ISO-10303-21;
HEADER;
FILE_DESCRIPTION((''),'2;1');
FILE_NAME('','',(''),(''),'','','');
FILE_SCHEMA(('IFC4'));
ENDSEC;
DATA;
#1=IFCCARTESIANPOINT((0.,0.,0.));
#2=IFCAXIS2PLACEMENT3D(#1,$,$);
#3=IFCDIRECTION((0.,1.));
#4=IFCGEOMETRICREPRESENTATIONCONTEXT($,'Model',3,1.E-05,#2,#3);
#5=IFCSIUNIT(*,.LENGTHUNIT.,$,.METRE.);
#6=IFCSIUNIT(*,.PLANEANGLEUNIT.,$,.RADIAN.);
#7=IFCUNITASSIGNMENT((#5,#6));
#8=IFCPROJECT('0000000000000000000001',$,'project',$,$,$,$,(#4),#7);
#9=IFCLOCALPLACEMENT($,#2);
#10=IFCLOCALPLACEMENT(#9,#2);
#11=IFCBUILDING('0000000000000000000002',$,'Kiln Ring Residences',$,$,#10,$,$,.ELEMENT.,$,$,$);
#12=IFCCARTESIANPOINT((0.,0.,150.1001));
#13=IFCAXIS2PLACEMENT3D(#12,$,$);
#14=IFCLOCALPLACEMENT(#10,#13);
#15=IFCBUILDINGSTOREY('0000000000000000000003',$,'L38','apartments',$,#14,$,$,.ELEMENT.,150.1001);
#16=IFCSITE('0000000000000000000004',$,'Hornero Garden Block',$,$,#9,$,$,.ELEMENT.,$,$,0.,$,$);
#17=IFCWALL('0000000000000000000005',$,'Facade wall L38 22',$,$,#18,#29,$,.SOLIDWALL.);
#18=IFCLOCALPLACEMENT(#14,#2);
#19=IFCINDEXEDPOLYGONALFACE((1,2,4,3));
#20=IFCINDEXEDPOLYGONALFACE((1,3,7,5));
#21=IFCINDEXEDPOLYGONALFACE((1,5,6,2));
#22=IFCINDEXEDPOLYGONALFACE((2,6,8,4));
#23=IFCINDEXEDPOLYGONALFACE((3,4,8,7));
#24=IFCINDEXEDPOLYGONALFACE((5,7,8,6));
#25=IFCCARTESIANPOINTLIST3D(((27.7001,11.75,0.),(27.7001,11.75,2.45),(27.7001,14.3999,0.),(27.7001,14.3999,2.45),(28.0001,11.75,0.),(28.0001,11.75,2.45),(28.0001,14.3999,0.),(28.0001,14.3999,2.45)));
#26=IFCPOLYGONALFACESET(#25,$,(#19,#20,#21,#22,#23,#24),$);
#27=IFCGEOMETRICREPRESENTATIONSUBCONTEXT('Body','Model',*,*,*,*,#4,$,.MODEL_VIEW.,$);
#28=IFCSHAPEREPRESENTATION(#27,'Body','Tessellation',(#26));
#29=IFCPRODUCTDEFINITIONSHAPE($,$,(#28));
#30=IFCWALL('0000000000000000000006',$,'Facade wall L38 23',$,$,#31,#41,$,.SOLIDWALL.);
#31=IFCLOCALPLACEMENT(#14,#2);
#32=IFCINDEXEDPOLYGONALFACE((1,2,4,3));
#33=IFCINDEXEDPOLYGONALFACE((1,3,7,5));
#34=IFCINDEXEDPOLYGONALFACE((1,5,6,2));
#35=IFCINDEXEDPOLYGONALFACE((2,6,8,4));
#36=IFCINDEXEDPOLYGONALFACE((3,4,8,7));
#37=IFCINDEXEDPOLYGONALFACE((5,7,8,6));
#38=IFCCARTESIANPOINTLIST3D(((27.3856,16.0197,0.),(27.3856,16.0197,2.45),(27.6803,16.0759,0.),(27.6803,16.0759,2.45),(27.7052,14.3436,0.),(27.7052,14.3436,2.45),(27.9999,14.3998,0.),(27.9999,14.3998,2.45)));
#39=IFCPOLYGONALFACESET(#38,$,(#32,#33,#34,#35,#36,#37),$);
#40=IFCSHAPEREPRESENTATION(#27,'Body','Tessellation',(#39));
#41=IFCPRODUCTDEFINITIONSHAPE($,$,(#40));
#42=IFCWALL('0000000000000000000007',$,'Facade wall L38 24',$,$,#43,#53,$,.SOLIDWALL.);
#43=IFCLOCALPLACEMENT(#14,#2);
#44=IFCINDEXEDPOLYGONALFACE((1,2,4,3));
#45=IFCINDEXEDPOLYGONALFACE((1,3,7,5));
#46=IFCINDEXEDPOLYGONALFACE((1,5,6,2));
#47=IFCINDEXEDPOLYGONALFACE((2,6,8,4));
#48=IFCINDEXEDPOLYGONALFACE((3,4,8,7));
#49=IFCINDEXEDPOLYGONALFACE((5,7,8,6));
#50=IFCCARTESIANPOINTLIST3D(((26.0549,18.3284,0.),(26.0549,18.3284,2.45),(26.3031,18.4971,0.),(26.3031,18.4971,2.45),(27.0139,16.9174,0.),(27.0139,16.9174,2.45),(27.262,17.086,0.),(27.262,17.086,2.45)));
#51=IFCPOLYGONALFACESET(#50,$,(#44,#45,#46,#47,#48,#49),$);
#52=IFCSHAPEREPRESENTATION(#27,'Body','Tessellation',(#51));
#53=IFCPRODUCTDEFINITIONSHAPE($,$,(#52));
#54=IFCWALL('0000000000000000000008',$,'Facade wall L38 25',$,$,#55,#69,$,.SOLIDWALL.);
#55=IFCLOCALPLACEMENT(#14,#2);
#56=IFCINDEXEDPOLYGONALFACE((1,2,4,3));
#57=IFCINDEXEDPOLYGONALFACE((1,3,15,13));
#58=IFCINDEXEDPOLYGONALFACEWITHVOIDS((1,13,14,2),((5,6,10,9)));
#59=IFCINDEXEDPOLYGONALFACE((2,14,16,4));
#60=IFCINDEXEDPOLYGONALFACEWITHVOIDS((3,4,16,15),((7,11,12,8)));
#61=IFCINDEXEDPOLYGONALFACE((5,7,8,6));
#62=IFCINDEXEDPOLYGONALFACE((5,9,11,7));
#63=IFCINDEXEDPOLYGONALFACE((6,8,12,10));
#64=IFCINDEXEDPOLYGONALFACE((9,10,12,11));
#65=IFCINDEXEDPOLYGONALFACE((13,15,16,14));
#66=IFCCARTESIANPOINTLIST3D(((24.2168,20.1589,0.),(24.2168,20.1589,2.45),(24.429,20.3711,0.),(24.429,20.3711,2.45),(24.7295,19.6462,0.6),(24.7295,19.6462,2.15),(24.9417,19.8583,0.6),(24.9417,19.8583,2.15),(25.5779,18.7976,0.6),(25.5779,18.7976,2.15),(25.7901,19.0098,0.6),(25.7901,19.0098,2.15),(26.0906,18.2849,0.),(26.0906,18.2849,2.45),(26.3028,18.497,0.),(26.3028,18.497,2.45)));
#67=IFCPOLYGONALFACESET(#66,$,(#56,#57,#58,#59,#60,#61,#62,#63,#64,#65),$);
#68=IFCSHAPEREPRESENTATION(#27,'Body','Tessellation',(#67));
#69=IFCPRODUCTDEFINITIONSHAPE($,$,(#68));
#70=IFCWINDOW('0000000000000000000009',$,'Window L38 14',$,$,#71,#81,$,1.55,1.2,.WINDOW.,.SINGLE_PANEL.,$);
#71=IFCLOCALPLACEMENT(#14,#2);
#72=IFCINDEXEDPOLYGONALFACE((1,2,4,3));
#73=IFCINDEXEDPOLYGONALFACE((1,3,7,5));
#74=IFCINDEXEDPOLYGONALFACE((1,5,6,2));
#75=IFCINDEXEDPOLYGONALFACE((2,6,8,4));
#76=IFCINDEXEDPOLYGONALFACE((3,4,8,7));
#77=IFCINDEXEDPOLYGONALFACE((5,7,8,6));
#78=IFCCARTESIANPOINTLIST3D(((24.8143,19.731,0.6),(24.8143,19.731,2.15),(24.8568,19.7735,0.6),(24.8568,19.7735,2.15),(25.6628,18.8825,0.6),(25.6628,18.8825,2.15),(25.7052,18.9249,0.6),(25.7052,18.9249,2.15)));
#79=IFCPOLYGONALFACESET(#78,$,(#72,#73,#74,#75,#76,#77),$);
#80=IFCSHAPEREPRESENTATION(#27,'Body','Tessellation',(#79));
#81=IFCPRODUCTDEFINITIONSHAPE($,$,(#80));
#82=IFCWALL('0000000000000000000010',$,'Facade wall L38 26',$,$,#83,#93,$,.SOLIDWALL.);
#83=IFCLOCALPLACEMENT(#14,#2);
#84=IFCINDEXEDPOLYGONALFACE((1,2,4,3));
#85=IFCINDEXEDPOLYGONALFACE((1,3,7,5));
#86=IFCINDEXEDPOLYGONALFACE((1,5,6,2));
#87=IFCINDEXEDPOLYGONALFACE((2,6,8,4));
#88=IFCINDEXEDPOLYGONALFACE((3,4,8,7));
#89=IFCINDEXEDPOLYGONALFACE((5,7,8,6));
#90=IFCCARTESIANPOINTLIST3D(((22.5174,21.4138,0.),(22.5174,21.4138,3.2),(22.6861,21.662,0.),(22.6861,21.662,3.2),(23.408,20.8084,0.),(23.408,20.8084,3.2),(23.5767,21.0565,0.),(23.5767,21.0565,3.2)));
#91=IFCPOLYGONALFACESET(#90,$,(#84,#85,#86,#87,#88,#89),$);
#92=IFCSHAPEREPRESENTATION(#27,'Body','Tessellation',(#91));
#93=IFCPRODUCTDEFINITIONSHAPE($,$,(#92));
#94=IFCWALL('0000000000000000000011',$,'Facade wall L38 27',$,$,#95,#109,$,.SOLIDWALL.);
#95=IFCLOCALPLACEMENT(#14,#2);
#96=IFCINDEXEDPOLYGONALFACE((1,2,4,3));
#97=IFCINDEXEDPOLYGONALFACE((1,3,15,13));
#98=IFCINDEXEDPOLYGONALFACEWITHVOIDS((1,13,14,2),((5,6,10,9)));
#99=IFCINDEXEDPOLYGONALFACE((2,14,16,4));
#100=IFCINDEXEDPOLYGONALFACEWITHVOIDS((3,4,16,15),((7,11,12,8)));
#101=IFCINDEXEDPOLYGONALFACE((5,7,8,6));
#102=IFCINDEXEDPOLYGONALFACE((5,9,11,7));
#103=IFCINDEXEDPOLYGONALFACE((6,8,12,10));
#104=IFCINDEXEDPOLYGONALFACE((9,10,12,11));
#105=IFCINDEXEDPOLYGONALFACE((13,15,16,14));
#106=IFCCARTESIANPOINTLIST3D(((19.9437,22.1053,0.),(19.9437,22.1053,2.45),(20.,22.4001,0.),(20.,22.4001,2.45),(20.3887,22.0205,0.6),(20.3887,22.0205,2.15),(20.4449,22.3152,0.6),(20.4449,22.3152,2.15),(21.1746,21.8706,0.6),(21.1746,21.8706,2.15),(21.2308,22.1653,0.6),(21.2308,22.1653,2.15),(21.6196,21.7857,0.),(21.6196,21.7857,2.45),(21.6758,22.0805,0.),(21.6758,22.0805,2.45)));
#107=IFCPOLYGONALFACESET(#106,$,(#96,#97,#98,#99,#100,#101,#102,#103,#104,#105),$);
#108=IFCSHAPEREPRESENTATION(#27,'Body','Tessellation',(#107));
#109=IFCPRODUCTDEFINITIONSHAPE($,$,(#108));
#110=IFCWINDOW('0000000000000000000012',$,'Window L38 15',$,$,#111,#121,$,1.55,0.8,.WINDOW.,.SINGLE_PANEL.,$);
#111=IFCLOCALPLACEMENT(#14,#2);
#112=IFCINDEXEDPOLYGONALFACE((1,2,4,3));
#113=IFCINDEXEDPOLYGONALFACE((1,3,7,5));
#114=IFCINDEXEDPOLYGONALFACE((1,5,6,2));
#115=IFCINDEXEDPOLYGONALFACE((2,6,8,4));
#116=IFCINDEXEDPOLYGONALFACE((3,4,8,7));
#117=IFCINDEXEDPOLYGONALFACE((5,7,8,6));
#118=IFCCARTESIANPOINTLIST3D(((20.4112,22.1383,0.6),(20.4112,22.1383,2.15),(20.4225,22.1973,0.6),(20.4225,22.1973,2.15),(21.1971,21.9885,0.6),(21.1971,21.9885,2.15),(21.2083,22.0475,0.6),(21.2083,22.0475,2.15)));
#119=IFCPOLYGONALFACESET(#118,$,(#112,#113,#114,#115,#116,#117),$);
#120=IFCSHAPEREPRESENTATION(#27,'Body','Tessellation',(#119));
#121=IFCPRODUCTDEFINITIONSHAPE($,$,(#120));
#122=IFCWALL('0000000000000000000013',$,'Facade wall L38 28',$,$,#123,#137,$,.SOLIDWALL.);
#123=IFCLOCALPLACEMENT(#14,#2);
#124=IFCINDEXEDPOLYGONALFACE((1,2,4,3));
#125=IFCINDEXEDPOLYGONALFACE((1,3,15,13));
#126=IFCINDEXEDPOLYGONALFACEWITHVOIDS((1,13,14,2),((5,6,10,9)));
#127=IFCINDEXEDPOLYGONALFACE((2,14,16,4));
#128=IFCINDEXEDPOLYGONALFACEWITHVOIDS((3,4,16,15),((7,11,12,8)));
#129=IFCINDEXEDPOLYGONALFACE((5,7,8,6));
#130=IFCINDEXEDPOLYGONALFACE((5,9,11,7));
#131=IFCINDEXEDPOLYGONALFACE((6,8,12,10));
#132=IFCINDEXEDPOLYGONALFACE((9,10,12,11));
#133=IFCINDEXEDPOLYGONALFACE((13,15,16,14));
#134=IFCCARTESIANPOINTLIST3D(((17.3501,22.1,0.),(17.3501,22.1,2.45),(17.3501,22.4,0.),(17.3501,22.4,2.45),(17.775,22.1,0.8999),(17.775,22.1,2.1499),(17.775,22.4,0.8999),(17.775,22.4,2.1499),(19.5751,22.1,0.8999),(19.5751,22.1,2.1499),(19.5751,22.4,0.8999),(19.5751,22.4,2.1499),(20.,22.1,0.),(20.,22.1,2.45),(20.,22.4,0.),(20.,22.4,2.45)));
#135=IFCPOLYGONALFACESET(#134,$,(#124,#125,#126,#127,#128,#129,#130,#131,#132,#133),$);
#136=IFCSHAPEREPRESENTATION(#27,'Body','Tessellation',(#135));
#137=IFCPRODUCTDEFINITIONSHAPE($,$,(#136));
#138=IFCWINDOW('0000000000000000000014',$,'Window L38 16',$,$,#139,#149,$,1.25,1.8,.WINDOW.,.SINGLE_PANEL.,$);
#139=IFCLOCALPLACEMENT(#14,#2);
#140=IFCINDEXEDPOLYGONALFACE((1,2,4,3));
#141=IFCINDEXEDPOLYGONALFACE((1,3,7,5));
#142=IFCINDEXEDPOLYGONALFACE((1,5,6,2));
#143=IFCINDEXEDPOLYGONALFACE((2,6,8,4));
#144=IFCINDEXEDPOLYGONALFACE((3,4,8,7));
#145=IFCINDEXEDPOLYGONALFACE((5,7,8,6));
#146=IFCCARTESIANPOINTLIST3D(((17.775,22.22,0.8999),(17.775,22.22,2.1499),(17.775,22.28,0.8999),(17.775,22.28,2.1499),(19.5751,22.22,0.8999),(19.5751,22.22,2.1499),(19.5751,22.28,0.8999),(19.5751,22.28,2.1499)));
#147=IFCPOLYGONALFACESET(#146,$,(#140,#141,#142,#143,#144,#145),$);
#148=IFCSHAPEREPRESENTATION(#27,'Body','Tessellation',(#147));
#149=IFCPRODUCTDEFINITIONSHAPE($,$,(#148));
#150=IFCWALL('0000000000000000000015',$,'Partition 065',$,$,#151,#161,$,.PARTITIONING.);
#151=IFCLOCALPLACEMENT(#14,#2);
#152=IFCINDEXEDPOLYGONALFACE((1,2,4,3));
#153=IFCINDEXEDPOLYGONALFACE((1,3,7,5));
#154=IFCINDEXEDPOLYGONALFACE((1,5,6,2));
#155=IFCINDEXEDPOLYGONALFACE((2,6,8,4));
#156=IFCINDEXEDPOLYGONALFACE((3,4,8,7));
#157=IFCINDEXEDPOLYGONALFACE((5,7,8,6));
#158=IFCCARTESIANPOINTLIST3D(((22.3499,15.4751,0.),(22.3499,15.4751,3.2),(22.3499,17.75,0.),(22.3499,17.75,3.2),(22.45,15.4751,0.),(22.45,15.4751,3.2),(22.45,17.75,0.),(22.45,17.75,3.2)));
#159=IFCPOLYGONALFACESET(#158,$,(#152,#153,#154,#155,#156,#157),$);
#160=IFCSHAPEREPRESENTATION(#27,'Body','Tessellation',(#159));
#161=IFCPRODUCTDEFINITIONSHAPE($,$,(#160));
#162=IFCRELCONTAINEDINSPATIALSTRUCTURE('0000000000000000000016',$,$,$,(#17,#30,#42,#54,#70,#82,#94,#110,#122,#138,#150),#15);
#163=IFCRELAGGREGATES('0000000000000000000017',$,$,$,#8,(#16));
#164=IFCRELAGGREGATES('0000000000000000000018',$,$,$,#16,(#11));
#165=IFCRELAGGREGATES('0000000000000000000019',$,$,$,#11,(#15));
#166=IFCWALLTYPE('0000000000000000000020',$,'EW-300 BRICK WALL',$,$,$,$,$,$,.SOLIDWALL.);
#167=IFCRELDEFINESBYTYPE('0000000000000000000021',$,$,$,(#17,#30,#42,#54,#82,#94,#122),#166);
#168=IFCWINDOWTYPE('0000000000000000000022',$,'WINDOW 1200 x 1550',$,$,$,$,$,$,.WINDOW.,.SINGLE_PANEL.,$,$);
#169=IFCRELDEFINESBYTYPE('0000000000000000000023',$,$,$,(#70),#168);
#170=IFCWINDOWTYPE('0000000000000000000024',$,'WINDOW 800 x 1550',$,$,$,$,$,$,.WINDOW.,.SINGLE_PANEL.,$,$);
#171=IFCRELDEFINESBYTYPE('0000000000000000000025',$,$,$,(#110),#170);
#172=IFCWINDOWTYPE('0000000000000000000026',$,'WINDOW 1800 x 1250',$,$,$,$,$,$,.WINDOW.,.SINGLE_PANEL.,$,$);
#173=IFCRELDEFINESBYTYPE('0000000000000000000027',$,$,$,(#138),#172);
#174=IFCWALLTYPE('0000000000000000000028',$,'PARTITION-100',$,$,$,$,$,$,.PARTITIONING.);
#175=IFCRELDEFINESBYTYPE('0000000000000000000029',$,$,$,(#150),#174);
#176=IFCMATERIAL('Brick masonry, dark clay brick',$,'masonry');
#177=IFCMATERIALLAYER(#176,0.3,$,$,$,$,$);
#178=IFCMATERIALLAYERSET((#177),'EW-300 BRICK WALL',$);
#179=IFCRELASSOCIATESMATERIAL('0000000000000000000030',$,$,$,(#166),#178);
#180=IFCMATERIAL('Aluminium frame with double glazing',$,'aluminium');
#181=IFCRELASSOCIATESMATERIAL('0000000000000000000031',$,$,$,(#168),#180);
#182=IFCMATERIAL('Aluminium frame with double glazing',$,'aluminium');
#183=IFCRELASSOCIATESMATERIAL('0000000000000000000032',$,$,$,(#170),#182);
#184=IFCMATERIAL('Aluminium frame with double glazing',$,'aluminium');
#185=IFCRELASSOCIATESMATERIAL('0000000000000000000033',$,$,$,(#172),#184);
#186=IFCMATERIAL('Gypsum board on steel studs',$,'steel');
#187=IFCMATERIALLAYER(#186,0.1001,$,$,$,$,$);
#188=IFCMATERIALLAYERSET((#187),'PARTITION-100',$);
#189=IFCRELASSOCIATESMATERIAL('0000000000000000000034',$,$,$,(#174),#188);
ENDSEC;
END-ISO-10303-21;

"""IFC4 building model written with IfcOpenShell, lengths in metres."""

from ifc_helpers import new_model, si_unit, direction, frame, frame_2d, origin, place, context, subcontext, project, spatial, rectangle, extrude, material, layer, layer_set, type_object, element, fill, save


model = new_model("IFC4")

# Units and contexts
model_context = context("Model", 3, precision=1e-05, world=origin(), true_north=direction((0.0, 1.0)))
body_context = subcontext(model_context, "Body", "Model", "MODEL_VIEW")
ifc_project = project(units=[si_unit("LENGTHUNIT", "METRE"), si_unit("PLANEANGLEUNIT", "RADIAN")], contexts=[model_context])

# Site, building, storey
site_placement = place(None, origin())
site = spatial("IfcSite", under=ifc_project, at=site_placement, Name="Hornero Garden Block", CompositionType="ELEMENT", RefElevation=0.0)
building_placement = place(site_placement, origin())
building = spatial("IfcBuilding", under=site, at=building_placement, Name="Kiln Ring Residences", CompositionType="ELEMENT")
storey_placement = place(building_placement, frame((0.0, 0.0, 150.1001)))
storey = spatial("IfcBuildingStorey", under=building, at=storey_placement, Name="L38", Description="apartments", CompositionType="ELEMENT", Elevation=150.1001)

# Walls
ifc_material_1 = material(Name="Brick masonry, dark clay brick", Category="masonry")
ifc_layer_1 = layer(ifc_material_1, 0.3)
ifc_layer_set_1 = layer_set([ifc_layer_1], Name="EW-300 BRICK WALL")
wall_type_1 = type_object("IfcWallType", Name="EW-300 BRICK WALL", PredefinedType="SOLIDWALL", material=ifc_layer_set_1)
wall_1_placement = place(storey_placement, frame((27.8501, 11.75, 0.0), z_axis=(0.0, 0.0, 1.0), x_axis=(0.0, 1.0, 0.0)))
element("IfcWall", 1, at=wall_1_placement, inside=storey, type_object=wall_type_1, Name="Facade wall L38 22", PredefinedType="SOLIDWALL", context=body_context, shape_type="SweptSolid", body=[
    extrude(rectangle(XDim=2.6499, YDim=0.3, at=frame_2d((1.325, 0.0))), origin(), (0.0, 0.0, 1.0), 2.45),
])
wall_2_placement = place(storey_placement, frame((27.8525, 14.3718, 0.0), z_axis=(0.0, 0.0, 1.0), x_axis=(-0.187303, 0.982302, 0.0)))
element("IfcWall", 2, at=wall_2_placement, inside=storey, type_object=wall_type_1, Name="Facade wall L38 23", PredefinedType="SOLIDWALL", context=body_context, shape_type="SweptSolid", body=[
    extrude(rectangle(XDim=1.7063, YDim=0.3, at=frame_2d((0.853, 0.0))), origin(), (0.0, 0.0, 1.0), 2.45),
])
wall_3_placement = place(storey_placement, frame((27.1379, 17.0017, 0.0), z_axis=(0.0, 0.0, 1.0), x_axis=(-0.562075, 0.827086, 0.0)))
element("IfcWall", 3, at=wall_3_placement, inside=storey, type_object=wall_type_1, Name="Facade wall L38 24", PredefinedType="SOLIDWALL", context=body_context, shape_type="SweptSolid", body=[
    extrude(rectangle(XDim=1.7061, YDim=0.3, at=frame_2d((0.853, 0.0))), origin(), (0.0, 0.0, 1.0), 2.45),
])

# Wall, opening, window
wall_4_placement = place(storey_placement, frame((26.1968, 18.3909, 0.0), z_axis=(0.0, 0.0, 1.0), x_axis=(-0.707061, 0.707153, 0.0)))
wall_4 = element("IfcWall", 4, at=wall_4_placement, inside=storey, type_object=wall_type_1, Name="Facade wall L38 25", PredefinedType="SOLIDWALL", context=body_context, shape_type="SweptSolid", body=[
    extrude(rectangle(XDim=2.6501, YDim=0.3, at=frame_2d((1.3252, 0.0))), origin(), (0.0, 0.0, 1.0), 2.45),
])
opening_1_placement = place(wall_4_placement, frame((0.7251, 0.0, 0.6001)))
opening_1 = element("IfcOpeningElement", 5, at=opening_1_placement, cuts=wall_4, PredefinedType="OPENING", context=body_context, shape_type="SweptSolid", body=[
    extrude(rectangle(XDim=1.2, YDim=1.55, at=frame_2d((0.6001, 0.7749))), frame((0.0, 0.1599, 0.0), z_axis=(0.0, -1.0, 0.0), x_axis=(1.0, 0.0, 0.0)), (0.0, 0.0, 1.0), 0.3201),
])
ifc_material_2 = material(Name="Aluminium frame with double glazing", Category="aluminium")
window_type_1 = type_object("IfcWindowType", Name="WINDOW 1200 x 1550", PartitioningType="SINGLE_PANEL", PredefinedType="WINDOW", material=ifc_material_2)
window_1_placement = place(opening_1_placement, origin())
window_1 = element("IfcWindow", 6, at=window_1_placement, inside=storey, type_object=window_type_1, Name="Window L38 14", OverallHeight=1.55, OverallWidth=1.2, PartitioningType="SINGLE_PANEL", PredefinedType="WINDOW", context=body_context, shape_type="SweptSolid", body=[
    extrude(rectangle(XDim=1.2, YDim=1.55, at=frame_2d((0.6001, 0.7749))), frame((0.0, 0.03, 0.0), z_axis=(0.0, -1.0, 0.0), x_axis=(1.0, 0.0, 0.0)), (0.0, 0.0, 1.0), 0.0601),
])
fill(opening_1, window_1)

# Wall
wall_5_placement = place(storey_placement, frame((23.4924, 20.9324, 0.0), z_axis=(0.0, 0.0, 1.0), x_axis=(-0.826994, 0.562211, 0.0)))
element("IfcWall", 7, at=wall_5_placement, inside=storey, type_object=wall_type_1, Name="Facade wall L38 26", PredefinedType="SOLIDWALL", context=body_context, shape_type="SweptSolid", body=[
    extrude(rectangle(XDim=1.0769, YDim=0.3, at=frame_2d((0.5386, 0.0))), origin(), (0.0, 0.0, 1.0), 3.2),
])

# Walls, openings, windows
wall_6_placement = place(storey_placement, frame((21.6477, 21.9331, 0.0), z_axis=(0.0, 0.0, 1.0), x_axis=(-0.982297, 0.187329, 0.0)))
wall_6 = element("IfcWall", 8, at=wall_6_placement, inside=storey, type_object=wall_type_1, Name="Facade wall L38 27", PredefinedType="SOLIDWALL", context=body_context, shape_type="SweptSolid", body=[
    extrude(rectangle(XDim=1.7061, YDim=0.3, at=frame_2d((0.853, 0.0))), origin(), (0.0, 0.0, 1.0), 2.45),
])
opening_2_placement = place(wall_6_placement, frame((0.4531, 0.0, 0.6001)))
opening_2 = element("IfcOpeningElement", 9, at=opening_2_placement, cuts=wall_6, PredefinedType="OPENING", context=body_context, shape_type="SweptSolid", body=[
    extrude(rectangle(XDim=0.8, YDim=1.55, at=frame_2d((0.3999, 0.7749))), frame((0.0, 0.1599, 0.0), z_axis=(0.0, -1.0, 0.0), x_axis=(1.0, 0.0, 0.0)), (0.0, 0.0, 1.0), 0.3201),
])
ifc_material_3 = material(Name="Aluminium frame with double glazing", Category="aluminium")
window_type_2 = type_object("IfcWindowType", Name="WINDOW 800 x 1550", PartitioningType="SINGLE_PANEL", PredefinedType="WINDOW", material=ifc_material_3)
window_2_placement = place(opening_2_placement, origin())
window_2 = element("IfcWindow", 10, at=window_2_placement, inside=storey, type_object=window_type_2, Name="Window L38 15", OverallHeight=1.55, OverallWidth=0.8, PartitioningType="SINGLE_PANEL", PredefinedType="WINDOW", context=body_context, shape_type="SweptSolid", body=[
    extrude(rectangle(XDim=0.8, YDim=1.55, at=frame_2d((0.3999, 0.7749))), frame((0.0, 0.03, 0.0), z_axis=(0.0, -1.0, 0.0), x_axis=(1.0, 0.0, 0.0)), (0.0, 0.0, 1.0), 0.0601),
])
fill(opening_2, window_2)
wall_7_placement = place(storey_placement, frame((20.0, 22.25, 0.0), z_axis=(0.0, 0.0, 1.0), x_axis=(-1.0, 0.0, 0.0)))
wall_7 = element("IfcWall", 11, at=wall_7_placement, inside=storey, type_object=wall_type_1, Name="Facade wall L38 28", PredefinedType="SOLIDWALL", context=body_context, shape_type="SweptSolid", body=[
    extrude(rectangle(XDim=2.6499, YDim=0.3, at=frame_2d((1.325, 0.0))), origin(), (0.0, 0.0, 1.0), 2.45),
])
opening_3_placement = place(wall_7_placement, frame((0.425, 0.0, 0.8999)))
opening_3 = element("IfcOpeningElement", 12, at=opening_3_placement, cuts=wall_7, PredefinedType="OPENING", context=body_context, shape_type="SweptSolid", body=[
    extrude(rectangle(XDim=1.8, YDim=1.25, at=frame_2d((0.8999, 0.625))), frame((0.0, 0.1599, 0.0), z_axis=(0.0, -1.0, 0.0), x_axis=(1.0, 0.0, 0.0)), (0.0, 0.0, 1.0), 0.3201),
])
ifc_material_4 = material(Name="Aluminium frame with double glazing", Category="aluminium")
window_type_3 = type_object("IfcWindowType", Name="WINDOW 1800 x 1250", PartitioningType="SINGLE_PANEL", PredefinedType="WINDOW", material=ifc_material_4)
window_3_placement = place(opening_3_placement, origin())
window_3 = element("IfcWindow", 13, at=window_3_placement, inside=storey, type_object=window_type_3, Name="Window L38 16", OverallHeight=1.25, OverallWidth=1.8, PartitioningType="SINGLE_PANEL", PredefinedType="WINDOW", context=body_context, shape_type="SweptSolid", body=[
    extrude(rectangle(XDim=1.8, YDim=1.25, at=frame_2d((0.8999, 0.625))), frame((0.0, 0.03, 0.0), z_axis=(0.0, -1.0, 0.0), x_axis=(1.0, 0.0, 0.0)), (0.0, 0.0, 1.0), 0.0601),
])
fill(opening_3, window_3)

# Wall
ifc_material_5 = material(Name="Gypsum board on steel studs", Category="steel")
ifc_layer_2 = layer(ifc_material_5, 0.1001)
ifc_layer_set_2 = layer_set([ifc_layer_2], Name="PARTITION-100")
wall_type_2 = type_object("IfcWallType", Name="PARTITION-100", PredefinedType="PARTITIONING", material=ifc_layer_set_2)
wall_8_placement = place(storey_placement, frame((22.3999, 15.4751, 0.0), z_axis=(0.0, 0.0, 1.0), x_axis=(0.0, 1.0, 0.0)))
element("IfcWall", 14, at=wall_8_placement, inside=storey, type_object=wall_type_2, Name="Partition 065", PredefinedType="PARTITIONING", context=body_context, shape_type="SweptSolid", body=[
    extrude(rectangle(XDim=2.2749, YDim=0.1001, at=frame_2d((1.1375, 0.0))), origin(), (0.0, 0.0, 1.0), 3.2),
])

save(model, "model.ifc")
